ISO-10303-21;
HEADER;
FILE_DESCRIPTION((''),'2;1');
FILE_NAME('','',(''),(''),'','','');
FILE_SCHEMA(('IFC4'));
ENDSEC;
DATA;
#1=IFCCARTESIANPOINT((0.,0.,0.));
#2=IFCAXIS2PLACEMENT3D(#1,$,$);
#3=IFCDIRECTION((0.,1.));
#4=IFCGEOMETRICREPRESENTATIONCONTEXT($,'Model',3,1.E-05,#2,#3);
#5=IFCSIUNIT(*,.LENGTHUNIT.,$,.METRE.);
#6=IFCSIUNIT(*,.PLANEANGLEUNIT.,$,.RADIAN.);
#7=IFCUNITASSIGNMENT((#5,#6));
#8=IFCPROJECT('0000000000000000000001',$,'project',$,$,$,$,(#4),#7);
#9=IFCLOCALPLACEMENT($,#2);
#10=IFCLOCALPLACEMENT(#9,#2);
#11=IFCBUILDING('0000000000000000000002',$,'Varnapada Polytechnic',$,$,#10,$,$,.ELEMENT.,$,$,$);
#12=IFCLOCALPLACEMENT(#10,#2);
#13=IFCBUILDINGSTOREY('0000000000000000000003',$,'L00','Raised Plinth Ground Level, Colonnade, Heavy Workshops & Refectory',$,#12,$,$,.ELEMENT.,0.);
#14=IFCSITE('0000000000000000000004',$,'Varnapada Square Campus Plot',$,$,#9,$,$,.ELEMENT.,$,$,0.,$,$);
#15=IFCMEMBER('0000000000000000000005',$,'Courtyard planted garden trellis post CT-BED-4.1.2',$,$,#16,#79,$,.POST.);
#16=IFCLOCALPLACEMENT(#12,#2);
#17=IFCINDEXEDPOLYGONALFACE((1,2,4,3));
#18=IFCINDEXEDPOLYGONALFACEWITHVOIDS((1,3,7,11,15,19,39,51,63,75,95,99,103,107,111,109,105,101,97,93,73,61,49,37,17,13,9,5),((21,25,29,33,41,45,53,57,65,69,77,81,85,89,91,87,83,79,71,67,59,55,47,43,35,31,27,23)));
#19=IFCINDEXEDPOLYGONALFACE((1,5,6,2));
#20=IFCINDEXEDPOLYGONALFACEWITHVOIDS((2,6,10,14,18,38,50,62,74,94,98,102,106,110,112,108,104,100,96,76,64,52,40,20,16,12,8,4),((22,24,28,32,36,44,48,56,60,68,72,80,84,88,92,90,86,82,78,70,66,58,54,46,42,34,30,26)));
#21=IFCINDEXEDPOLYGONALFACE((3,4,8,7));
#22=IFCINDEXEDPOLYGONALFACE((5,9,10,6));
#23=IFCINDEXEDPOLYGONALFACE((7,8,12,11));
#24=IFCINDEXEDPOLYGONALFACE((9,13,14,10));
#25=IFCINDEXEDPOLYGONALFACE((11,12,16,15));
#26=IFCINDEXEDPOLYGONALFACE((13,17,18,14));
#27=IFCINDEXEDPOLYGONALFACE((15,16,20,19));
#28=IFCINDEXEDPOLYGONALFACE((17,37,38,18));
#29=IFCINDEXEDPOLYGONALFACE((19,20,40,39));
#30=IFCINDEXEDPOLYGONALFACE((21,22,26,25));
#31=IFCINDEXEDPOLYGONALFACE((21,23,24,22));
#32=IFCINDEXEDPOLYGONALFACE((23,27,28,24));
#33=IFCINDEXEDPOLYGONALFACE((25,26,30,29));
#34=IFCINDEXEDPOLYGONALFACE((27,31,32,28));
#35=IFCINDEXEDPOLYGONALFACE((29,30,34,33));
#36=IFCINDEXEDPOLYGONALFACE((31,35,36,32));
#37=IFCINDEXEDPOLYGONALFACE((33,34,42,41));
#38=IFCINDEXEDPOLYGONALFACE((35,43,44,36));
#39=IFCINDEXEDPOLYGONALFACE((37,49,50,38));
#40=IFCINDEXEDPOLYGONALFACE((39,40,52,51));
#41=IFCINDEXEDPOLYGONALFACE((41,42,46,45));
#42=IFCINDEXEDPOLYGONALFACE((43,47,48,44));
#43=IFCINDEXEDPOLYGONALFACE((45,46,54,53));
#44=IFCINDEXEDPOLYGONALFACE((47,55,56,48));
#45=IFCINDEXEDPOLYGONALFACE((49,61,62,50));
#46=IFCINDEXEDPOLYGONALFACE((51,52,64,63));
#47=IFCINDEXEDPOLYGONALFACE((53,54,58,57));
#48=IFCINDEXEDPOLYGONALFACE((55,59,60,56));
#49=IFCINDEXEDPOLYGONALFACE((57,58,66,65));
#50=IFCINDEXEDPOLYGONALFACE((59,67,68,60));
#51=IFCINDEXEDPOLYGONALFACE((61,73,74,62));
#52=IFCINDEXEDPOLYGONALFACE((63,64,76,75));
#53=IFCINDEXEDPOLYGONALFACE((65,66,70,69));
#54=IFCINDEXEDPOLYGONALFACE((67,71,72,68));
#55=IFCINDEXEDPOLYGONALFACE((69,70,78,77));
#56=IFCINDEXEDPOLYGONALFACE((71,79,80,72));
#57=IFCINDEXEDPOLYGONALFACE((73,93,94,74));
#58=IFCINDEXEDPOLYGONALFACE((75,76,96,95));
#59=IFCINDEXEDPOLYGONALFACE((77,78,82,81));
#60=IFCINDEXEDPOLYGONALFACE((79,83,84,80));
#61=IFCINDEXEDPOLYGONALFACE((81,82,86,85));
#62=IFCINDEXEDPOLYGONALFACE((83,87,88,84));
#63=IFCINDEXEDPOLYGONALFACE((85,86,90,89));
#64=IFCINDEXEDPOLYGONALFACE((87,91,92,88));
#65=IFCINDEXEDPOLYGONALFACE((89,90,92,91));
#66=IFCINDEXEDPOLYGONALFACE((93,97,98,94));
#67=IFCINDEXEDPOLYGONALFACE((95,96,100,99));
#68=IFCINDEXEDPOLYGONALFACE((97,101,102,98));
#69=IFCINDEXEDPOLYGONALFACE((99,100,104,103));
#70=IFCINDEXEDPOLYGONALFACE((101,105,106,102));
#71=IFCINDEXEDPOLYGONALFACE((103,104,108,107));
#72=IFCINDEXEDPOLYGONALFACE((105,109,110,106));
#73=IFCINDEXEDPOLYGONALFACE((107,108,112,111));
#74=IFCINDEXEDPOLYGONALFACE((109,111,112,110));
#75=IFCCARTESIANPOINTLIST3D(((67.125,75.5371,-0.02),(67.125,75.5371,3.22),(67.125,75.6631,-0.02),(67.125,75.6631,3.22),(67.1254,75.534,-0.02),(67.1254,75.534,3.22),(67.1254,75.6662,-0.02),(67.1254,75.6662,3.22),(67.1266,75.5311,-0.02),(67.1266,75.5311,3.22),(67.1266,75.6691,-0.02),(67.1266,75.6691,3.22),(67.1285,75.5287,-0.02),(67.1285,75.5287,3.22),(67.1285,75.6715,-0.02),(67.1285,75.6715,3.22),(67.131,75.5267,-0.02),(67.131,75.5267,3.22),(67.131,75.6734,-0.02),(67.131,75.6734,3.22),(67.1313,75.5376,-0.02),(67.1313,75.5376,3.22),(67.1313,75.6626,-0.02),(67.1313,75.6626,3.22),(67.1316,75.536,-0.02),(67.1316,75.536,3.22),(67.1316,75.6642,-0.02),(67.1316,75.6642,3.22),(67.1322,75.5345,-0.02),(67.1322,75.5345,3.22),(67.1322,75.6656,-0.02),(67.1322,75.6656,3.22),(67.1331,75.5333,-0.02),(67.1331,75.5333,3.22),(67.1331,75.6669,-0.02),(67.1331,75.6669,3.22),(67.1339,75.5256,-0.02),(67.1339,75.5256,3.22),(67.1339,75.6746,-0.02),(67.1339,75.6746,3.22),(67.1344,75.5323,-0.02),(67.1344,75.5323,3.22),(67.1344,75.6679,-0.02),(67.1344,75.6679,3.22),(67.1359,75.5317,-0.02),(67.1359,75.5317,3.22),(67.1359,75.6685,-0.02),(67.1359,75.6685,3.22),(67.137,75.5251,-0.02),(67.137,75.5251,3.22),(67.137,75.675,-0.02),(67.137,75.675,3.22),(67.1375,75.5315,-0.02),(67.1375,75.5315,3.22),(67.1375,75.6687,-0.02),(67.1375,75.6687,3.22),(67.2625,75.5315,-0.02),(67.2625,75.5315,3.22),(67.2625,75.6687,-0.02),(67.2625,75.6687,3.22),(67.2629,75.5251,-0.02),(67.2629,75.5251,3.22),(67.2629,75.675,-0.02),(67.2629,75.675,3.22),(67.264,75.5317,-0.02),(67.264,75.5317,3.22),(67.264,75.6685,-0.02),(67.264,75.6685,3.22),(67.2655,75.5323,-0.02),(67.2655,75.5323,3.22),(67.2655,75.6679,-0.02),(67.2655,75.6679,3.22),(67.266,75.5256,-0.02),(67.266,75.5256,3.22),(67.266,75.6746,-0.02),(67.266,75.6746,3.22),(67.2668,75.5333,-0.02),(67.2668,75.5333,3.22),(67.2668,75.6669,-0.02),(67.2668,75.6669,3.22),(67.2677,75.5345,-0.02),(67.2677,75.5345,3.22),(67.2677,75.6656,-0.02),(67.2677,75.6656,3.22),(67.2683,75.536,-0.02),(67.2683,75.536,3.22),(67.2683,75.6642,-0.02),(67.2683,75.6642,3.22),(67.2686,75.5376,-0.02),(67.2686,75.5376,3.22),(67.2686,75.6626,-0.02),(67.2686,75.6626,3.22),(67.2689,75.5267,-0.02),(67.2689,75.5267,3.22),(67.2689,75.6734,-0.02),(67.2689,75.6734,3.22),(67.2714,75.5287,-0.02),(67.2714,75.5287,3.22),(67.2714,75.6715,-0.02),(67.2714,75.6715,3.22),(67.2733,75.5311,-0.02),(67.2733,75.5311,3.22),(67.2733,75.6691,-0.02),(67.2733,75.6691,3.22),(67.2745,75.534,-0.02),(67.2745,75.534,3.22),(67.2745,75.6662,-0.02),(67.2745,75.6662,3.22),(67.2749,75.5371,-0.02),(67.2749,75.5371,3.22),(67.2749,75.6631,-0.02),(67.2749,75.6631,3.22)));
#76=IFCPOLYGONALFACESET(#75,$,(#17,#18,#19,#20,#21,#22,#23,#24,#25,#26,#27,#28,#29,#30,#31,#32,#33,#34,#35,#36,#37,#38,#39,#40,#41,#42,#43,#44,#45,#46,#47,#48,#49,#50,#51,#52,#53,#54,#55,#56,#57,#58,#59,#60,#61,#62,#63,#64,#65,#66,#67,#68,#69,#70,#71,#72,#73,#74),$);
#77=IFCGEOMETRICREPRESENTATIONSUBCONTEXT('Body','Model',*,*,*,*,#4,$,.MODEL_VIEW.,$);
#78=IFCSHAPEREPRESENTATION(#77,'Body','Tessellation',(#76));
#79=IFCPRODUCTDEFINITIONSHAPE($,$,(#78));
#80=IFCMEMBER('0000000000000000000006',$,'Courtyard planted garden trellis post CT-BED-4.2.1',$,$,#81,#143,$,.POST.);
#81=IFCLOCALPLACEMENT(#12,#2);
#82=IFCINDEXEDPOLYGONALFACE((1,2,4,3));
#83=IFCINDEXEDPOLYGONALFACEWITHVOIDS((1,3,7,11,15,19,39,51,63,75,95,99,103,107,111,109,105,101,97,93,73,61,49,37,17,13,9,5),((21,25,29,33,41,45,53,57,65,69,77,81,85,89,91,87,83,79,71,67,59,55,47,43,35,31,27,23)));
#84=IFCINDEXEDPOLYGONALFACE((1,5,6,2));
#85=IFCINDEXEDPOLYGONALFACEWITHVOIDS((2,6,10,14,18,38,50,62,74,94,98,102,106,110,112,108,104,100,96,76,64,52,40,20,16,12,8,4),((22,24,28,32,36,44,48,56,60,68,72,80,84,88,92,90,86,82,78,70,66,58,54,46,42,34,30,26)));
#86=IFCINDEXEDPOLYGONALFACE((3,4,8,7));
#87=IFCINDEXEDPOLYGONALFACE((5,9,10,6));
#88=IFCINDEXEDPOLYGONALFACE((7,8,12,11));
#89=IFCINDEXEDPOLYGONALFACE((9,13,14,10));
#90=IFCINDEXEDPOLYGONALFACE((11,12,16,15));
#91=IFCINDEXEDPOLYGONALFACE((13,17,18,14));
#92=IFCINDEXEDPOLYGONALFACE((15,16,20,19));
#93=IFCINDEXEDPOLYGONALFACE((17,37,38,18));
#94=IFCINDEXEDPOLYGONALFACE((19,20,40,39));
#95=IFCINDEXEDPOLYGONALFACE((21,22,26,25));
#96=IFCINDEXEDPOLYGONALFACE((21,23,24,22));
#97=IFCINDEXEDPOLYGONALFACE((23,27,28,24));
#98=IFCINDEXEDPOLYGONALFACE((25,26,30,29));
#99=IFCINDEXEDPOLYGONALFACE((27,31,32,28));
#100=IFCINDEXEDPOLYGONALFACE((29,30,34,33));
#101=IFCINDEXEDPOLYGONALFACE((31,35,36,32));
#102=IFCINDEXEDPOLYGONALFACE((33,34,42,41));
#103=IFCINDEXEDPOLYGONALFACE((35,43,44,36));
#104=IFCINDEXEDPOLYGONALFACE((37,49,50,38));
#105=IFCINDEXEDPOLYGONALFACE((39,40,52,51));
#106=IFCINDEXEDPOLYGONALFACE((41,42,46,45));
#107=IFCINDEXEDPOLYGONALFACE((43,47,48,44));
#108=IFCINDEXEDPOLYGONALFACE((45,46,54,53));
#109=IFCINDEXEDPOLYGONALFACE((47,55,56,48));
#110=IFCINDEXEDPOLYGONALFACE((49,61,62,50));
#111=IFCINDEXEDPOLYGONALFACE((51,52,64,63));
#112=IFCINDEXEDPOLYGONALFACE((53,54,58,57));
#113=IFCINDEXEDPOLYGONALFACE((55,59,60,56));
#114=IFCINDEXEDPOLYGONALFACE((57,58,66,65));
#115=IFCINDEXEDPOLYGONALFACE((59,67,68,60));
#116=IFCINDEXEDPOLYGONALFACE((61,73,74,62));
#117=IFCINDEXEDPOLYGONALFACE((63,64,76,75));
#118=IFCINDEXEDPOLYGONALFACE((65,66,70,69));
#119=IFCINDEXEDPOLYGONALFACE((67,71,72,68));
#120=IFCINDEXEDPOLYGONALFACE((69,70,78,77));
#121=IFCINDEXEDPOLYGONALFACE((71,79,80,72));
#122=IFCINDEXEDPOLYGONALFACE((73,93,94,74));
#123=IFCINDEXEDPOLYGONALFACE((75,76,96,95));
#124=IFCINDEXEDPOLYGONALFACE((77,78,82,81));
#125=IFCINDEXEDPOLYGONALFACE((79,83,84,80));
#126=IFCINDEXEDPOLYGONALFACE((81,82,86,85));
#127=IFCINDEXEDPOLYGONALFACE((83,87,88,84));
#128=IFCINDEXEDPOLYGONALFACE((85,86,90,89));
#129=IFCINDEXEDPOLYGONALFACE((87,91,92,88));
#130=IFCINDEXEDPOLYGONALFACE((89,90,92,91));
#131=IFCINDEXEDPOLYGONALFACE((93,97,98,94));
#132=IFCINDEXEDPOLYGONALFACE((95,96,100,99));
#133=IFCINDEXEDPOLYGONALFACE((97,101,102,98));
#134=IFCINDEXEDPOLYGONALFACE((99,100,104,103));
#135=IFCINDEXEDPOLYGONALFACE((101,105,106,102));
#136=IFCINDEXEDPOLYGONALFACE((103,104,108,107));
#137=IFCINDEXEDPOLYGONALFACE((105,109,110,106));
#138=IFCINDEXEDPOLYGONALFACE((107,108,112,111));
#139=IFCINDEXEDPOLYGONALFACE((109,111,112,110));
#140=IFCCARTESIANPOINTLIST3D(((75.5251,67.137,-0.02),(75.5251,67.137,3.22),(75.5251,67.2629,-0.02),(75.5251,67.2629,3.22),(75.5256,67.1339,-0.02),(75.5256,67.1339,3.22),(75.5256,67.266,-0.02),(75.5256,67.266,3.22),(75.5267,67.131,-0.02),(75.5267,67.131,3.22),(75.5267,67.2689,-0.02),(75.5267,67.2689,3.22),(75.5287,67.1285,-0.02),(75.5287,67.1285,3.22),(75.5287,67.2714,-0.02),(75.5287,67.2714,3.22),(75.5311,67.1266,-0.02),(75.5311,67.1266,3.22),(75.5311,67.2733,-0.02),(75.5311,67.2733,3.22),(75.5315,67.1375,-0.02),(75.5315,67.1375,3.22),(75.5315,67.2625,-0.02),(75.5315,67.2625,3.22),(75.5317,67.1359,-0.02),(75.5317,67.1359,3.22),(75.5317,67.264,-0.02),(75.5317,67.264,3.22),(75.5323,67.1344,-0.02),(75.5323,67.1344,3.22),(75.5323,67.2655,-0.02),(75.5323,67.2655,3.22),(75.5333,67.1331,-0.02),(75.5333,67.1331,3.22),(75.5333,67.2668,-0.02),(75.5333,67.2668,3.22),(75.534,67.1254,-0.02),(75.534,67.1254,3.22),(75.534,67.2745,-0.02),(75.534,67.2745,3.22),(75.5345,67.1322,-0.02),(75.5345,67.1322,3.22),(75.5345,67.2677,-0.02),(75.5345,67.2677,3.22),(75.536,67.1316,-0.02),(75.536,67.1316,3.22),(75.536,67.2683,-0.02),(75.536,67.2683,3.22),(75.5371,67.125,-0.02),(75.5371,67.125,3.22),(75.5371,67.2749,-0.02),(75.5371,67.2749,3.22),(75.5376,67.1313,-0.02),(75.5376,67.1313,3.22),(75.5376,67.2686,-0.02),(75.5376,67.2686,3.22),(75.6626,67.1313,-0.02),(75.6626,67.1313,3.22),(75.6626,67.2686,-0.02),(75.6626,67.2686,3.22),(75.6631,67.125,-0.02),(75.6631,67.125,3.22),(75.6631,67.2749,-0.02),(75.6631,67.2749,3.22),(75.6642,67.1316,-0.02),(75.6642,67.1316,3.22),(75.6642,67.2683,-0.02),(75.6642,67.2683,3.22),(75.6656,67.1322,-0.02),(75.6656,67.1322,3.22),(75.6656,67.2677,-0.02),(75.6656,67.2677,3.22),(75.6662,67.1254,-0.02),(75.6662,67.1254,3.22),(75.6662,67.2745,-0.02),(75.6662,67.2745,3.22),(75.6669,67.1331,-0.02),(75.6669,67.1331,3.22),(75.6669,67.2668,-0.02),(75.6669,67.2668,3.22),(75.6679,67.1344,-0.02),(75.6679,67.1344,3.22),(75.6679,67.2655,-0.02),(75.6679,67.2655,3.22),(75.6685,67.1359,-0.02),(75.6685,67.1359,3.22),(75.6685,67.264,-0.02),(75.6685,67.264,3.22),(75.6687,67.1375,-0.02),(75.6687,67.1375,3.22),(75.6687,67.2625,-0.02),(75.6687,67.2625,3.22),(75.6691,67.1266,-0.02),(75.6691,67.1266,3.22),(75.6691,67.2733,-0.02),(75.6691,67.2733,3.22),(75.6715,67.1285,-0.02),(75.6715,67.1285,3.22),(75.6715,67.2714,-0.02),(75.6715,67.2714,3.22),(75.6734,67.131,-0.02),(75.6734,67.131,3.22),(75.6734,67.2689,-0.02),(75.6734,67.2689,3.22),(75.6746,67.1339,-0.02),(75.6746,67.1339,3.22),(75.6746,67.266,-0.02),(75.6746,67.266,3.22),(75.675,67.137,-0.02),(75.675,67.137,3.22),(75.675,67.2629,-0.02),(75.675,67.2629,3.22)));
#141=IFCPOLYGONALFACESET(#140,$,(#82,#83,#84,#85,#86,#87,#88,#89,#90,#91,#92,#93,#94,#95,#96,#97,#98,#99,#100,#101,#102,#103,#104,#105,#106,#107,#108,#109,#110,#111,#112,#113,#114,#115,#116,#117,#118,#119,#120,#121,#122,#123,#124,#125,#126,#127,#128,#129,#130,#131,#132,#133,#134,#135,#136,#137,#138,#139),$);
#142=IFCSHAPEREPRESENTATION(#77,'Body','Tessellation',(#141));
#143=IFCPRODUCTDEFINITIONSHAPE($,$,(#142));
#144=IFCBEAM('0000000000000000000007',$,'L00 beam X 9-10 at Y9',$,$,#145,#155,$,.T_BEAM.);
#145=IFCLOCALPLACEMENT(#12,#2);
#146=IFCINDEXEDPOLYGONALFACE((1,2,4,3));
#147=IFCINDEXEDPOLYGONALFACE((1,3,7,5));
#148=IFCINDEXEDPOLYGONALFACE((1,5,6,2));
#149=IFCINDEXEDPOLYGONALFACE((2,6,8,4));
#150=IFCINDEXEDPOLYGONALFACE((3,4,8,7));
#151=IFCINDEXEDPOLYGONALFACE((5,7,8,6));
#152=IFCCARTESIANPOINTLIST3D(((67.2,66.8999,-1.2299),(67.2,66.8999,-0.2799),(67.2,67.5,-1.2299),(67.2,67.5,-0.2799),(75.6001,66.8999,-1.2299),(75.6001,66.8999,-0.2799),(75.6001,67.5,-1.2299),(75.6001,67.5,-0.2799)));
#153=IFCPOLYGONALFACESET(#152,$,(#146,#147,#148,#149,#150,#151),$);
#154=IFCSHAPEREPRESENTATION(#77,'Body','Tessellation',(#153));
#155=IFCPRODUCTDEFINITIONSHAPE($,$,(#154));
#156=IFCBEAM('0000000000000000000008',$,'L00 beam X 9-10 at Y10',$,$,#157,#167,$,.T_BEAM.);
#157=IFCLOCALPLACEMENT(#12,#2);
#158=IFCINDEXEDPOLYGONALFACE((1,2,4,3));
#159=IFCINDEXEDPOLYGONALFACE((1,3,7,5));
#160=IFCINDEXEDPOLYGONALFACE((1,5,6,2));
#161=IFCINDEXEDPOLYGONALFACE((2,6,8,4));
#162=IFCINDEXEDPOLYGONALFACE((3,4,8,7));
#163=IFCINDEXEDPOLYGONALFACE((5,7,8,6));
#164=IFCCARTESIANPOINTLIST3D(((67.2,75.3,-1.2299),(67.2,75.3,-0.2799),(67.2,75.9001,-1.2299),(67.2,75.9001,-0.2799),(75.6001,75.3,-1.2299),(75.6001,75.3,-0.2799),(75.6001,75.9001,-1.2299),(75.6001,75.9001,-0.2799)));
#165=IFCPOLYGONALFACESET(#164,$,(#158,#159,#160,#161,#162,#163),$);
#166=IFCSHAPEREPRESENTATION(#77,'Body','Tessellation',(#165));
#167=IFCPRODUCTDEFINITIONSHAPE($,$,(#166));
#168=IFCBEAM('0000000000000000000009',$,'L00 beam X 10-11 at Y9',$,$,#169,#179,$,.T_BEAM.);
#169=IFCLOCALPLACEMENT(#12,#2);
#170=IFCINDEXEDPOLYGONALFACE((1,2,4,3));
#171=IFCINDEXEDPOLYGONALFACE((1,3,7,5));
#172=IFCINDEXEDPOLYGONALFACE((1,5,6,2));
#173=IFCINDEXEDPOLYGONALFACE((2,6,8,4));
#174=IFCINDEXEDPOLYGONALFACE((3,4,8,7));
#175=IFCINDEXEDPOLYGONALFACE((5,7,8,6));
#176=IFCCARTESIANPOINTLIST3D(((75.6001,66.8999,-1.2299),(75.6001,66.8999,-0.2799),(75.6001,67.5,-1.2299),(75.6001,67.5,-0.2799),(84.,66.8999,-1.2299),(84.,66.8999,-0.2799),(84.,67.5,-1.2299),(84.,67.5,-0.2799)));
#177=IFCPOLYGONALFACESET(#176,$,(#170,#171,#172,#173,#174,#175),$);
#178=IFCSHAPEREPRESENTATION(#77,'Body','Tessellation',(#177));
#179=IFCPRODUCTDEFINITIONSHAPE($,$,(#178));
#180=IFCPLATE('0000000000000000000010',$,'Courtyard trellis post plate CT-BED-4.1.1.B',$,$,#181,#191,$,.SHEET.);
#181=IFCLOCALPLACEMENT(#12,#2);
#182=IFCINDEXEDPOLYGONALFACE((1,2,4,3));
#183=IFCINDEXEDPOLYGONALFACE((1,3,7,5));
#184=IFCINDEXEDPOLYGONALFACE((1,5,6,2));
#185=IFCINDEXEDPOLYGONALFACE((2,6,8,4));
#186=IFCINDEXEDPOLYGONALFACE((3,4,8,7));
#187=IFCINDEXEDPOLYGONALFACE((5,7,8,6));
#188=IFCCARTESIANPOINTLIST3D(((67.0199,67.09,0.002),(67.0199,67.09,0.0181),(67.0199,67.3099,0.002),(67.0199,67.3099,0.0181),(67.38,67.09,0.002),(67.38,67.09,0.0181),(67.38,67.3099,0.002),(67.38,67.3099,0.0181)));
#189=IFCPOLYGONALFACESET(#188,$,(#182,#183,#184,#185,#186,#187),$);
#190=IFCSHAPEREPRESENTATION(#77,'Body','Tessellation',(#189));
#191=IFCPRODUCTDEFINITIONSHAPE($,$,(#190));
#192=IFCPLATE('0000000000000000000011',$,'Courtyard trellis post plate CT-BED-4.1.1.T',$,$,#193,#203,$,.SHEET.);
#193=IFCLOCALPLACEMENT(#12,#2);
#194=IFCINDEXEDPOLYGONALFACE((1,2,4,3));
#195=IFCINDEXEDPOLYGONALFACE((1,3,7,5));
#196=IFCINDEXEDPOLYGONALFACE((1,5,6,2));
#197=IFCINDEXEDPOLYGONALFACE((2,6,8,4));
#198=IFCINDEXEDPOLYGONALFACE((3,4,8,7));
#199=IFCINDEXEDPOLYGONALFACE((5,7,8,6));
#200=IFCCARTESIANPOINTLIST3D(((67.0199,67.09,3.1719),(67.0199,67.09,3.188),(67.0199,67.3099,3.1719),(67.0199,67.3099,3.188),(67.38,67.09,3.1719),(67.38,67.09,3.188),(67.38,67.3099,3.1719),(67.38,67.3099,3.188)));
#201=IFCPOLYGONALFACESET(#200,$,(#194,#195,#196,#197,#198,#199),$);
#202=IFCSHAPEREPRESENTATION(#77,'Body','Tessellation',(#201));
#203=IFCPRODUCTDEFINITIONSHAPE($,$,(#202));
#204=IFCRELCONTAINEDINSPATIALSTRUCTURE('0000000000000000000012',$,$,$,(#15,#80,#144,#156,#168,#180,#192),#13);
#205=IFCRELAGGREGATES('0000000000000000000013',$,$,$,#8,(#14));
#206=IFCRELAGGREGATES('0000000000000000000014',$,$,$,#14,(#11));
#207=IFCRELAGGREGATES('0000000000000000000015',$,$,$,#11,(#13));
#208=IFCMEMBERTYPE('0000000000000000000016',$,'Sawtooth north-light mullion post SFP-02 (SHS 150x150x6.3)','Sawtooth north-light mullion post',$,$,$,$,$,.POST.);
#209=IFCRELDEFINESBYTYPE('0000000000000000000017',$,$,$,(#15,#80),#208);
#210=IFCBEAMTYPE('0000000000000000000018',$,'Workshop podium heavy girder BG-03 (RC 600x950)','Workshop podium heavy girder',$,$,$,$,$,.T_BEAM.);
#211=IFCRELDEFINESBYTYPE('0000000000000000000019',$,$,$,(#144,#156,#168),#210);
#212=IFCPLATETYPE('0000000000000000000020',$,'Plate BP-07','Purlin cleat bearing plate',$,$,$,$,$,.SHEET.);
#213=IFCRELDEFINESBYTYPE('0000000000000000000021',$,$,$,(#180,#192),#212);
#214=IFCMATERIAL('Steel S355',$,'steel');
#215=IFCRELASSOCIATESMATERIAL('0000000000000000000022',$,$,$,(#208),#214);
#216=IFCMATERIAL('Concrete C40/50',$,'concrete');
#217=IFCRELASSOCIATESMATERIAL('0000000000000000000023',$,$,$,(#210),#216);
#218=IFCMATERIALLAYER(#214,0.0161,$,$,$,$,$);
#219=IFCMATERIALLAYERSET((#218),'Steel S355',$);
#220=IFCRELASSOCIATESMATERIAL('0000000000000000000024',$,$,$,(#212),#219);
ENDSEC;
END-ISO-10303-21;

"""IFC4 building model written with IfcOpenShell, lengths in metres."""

from ifc_helpers import new_model, si_unit, direction, frame, origin, origin_2d, place, context, subcontext, project, spatial, rectangle, hollow_rectangle, extrude, material, layer, layer_set, material_profile, profile_set, type_object, element, save


model = new_model("IFC4")

# Units and contexts
model_context = context("Model", 3, precision=1e-05, world=origin(), true_north=direction((0.0, 1.0)))
body_context = subcontext(model_context, "Body", "Model", "MODEL_VIEW")
ifc_project = project(units=[si_unit("LENGTHUNIT", "METRE"), si_unit("PLANEANGLEUNIT", "RADIAN")], contexts=[model_context])

# Site, building, storey
site_placement = place(None, origin())
site = spatial("IfcSite", under=ifc_project, at=site_placement, Name="Varnapada Square Campus Plot", CompositionType="ELEMENT", RefElevation=0.0)
building_placement = place(site_placement, origin())
building = spatial("IfcBuilding", under=site, at=building_placement, Name="Varnapada Polytechnic", CompositionType="ELEMENT")
storey_placement = place(building_placement, origin())
storey = spatial("IfcBuildingStorey", under=building, at=storey_placement, Name="L00", Description="Raised Plinth Ground Level, Colonnade, Heavy Workshops & Refectory", CompositionType="ELEMENT", Elevation=0.0)

# Shared definitions
ifc_material_1 = material(Name="Concrete C40/50", Category="concrete")

# Shared definitions
ifc_material_2 = material(Name="Steel S355", Category="steel")

# Members
ifc_material_profile_1 = material_profile(ifc_material_2, hollow_rectangle(XDim=0.1499, YDim=0.1499, WallThickness=0.0063, InnerFilletRadius=0.0061, OuterFilletRadius=0.012, at=origin_2d()), Name="SHS 150x150x6.3")
ifc_profile_set_1 = profile_set([ifc_material_profile_1], Name="Steel S355")
member_type_1 = type_object("IfcMemberType", Name="Sawtooth north-light mullion post SFP-02 (SHS 150x150x6.3)", Description="Sawtooth north-light mullion post", PredefinedType="POST", material=ifc_profile_set_1)
for number, where, z_axis, x_axis, name in (
    (1, (67.2, 75.6001, -0.02), (0.0, 0.0, 1.0), (1.0, 0.0, 0.0), "Courtyard planted garden trellis post CT-BED-4.1.2"),
    (2, (75.6001, 67.2, -0.02), (0.0, 0.0, 1.0), (1.0, 0.0, 0.0), "Courtyard planted garden trellis post CT-BED-4.2.1"),
):
    element("IfcMember", number, at=place(storey_placement, frame(where, z_axis=z_axis, x_axis=x_axis)), inside=storey, type_object=member_type_1, Name=name, PredefinedType="POST", context=body_context, shape_type="SweptSolid", body=[
        extrude(hollow_rectangle(XDim=0.1499, YDim=0.1499, WallThickness=0.0063, InnerFilletRadius=0.0061, OuterFilletRadius=0.012, at=origin_2d()), origin(), (0.0, 0.0, 1.0), 3.24),
    ])

# Beams
ifc_material_profile_2 = material_profile(ifc_material_1, rectangle(XDim=0.6001, YDim=0.95, at=origin_2d()), Name="RC 600x950")
ifc_profile_set_2 = profile_set([ifc_material_profile_2], Name="Concrete C40/50")
beam_type_1 = type_object("IfcBeamType", Name="Workshop podium heavy girder BG-03 (RC 600x950)", Description="Workshop podium heavy girder", PredefinedType="T_BEAM", material=ifc_profile_set_2)
for number, where, z_axis, x_axis, name in (
    (3, (67.2, 67.2, -0.7549), (1.0, 0.0, 0.0), (0.0, 1.0, 0.0), "L00 beam X 9-10 at Y9"),
    (4, (67.2, 75.6001, -0.7549), (1.0, 0.0, 0.0), (0.0, 1.0, 0.0), "L00 beam X 9-10 at Y10"),
):
    element("IfcBeam", number, at=place(storey_placement, frame(where, z_axis=z_axis, x_axis=x_axis)), inside=storey, type_object=beam_type_1, Name=name, PredefinedType="T_BEAM", context=body_context, shape_type="SweptSolid", body=[
        extrude(rectangle(XDim=0.6001, YDim=0.95, at=origin_2d()), origin(), (0.0, 0.0, 1.0), 8.4001),
    ])
beam_1_placement = place(storey_placement, frame((75.6001, 67.2, -0.7549), z_axis=(1.0, 0.0, 0.0), x_axis=(0.0, 1.0, 0.0)))
element("IfcBeam", 5, at=beam_1_placement, inside=storey, type_object=beam_type_1, Name="L00 beam X 10-11 at Y9", PredefinedType="T_BEAM", context=body_context, shape_type="SweptSolid", body=[
    extrude(rectangle(XDim=0.6001, YDim=0.95, at=origin_2d()), origin(), (0.0, 0.0, 1.0), 8.3999),
])

# Plates
ifc_layer_1 = layer(ifc_material_2, 0.0161)
ifc_layer_set_1 = layer_set([ifc_layer_1], Name="Steel S355")
plate_type = type_object("IfcPlateType", Name="Plate BP-07", Description="Purlin cleat bearing plate", PredefinedType="SHEET", material=ifc_layer_set_1)
for number, where, z_axis, x_axis, name in (
    (6, (67.2, 67.2, 0.002), (0.0, 0.0, 1.0), (1.0, 0.0, 0.0), "Courtyard trellis post plate CT-BED-4.1.1.B"),
    (7, (67.2, 67.2, 3.1719), (0.0, 0.0, 1.0), (1.0, 0.0, 0.0), "Courtyard trellis post plate CT-BED-4.1.1.T"),
):
    element("IfcPlate", number, at=place(storey_placement, frame(where, z_axis=z_axis, x_axis=x_axis)), inside=storey, type_object=plate_type, Name=name, PredefinedType="SHEET", context=body_context, shape_type="SweptSolid", body=[
        extrude(rectangle(XDim=0.3601, YDim=0.22, at=origin_2d()), origin(), (0.0, 0.0, 1.0), 0.0161),
    ])

save(model, "model.ifc")
